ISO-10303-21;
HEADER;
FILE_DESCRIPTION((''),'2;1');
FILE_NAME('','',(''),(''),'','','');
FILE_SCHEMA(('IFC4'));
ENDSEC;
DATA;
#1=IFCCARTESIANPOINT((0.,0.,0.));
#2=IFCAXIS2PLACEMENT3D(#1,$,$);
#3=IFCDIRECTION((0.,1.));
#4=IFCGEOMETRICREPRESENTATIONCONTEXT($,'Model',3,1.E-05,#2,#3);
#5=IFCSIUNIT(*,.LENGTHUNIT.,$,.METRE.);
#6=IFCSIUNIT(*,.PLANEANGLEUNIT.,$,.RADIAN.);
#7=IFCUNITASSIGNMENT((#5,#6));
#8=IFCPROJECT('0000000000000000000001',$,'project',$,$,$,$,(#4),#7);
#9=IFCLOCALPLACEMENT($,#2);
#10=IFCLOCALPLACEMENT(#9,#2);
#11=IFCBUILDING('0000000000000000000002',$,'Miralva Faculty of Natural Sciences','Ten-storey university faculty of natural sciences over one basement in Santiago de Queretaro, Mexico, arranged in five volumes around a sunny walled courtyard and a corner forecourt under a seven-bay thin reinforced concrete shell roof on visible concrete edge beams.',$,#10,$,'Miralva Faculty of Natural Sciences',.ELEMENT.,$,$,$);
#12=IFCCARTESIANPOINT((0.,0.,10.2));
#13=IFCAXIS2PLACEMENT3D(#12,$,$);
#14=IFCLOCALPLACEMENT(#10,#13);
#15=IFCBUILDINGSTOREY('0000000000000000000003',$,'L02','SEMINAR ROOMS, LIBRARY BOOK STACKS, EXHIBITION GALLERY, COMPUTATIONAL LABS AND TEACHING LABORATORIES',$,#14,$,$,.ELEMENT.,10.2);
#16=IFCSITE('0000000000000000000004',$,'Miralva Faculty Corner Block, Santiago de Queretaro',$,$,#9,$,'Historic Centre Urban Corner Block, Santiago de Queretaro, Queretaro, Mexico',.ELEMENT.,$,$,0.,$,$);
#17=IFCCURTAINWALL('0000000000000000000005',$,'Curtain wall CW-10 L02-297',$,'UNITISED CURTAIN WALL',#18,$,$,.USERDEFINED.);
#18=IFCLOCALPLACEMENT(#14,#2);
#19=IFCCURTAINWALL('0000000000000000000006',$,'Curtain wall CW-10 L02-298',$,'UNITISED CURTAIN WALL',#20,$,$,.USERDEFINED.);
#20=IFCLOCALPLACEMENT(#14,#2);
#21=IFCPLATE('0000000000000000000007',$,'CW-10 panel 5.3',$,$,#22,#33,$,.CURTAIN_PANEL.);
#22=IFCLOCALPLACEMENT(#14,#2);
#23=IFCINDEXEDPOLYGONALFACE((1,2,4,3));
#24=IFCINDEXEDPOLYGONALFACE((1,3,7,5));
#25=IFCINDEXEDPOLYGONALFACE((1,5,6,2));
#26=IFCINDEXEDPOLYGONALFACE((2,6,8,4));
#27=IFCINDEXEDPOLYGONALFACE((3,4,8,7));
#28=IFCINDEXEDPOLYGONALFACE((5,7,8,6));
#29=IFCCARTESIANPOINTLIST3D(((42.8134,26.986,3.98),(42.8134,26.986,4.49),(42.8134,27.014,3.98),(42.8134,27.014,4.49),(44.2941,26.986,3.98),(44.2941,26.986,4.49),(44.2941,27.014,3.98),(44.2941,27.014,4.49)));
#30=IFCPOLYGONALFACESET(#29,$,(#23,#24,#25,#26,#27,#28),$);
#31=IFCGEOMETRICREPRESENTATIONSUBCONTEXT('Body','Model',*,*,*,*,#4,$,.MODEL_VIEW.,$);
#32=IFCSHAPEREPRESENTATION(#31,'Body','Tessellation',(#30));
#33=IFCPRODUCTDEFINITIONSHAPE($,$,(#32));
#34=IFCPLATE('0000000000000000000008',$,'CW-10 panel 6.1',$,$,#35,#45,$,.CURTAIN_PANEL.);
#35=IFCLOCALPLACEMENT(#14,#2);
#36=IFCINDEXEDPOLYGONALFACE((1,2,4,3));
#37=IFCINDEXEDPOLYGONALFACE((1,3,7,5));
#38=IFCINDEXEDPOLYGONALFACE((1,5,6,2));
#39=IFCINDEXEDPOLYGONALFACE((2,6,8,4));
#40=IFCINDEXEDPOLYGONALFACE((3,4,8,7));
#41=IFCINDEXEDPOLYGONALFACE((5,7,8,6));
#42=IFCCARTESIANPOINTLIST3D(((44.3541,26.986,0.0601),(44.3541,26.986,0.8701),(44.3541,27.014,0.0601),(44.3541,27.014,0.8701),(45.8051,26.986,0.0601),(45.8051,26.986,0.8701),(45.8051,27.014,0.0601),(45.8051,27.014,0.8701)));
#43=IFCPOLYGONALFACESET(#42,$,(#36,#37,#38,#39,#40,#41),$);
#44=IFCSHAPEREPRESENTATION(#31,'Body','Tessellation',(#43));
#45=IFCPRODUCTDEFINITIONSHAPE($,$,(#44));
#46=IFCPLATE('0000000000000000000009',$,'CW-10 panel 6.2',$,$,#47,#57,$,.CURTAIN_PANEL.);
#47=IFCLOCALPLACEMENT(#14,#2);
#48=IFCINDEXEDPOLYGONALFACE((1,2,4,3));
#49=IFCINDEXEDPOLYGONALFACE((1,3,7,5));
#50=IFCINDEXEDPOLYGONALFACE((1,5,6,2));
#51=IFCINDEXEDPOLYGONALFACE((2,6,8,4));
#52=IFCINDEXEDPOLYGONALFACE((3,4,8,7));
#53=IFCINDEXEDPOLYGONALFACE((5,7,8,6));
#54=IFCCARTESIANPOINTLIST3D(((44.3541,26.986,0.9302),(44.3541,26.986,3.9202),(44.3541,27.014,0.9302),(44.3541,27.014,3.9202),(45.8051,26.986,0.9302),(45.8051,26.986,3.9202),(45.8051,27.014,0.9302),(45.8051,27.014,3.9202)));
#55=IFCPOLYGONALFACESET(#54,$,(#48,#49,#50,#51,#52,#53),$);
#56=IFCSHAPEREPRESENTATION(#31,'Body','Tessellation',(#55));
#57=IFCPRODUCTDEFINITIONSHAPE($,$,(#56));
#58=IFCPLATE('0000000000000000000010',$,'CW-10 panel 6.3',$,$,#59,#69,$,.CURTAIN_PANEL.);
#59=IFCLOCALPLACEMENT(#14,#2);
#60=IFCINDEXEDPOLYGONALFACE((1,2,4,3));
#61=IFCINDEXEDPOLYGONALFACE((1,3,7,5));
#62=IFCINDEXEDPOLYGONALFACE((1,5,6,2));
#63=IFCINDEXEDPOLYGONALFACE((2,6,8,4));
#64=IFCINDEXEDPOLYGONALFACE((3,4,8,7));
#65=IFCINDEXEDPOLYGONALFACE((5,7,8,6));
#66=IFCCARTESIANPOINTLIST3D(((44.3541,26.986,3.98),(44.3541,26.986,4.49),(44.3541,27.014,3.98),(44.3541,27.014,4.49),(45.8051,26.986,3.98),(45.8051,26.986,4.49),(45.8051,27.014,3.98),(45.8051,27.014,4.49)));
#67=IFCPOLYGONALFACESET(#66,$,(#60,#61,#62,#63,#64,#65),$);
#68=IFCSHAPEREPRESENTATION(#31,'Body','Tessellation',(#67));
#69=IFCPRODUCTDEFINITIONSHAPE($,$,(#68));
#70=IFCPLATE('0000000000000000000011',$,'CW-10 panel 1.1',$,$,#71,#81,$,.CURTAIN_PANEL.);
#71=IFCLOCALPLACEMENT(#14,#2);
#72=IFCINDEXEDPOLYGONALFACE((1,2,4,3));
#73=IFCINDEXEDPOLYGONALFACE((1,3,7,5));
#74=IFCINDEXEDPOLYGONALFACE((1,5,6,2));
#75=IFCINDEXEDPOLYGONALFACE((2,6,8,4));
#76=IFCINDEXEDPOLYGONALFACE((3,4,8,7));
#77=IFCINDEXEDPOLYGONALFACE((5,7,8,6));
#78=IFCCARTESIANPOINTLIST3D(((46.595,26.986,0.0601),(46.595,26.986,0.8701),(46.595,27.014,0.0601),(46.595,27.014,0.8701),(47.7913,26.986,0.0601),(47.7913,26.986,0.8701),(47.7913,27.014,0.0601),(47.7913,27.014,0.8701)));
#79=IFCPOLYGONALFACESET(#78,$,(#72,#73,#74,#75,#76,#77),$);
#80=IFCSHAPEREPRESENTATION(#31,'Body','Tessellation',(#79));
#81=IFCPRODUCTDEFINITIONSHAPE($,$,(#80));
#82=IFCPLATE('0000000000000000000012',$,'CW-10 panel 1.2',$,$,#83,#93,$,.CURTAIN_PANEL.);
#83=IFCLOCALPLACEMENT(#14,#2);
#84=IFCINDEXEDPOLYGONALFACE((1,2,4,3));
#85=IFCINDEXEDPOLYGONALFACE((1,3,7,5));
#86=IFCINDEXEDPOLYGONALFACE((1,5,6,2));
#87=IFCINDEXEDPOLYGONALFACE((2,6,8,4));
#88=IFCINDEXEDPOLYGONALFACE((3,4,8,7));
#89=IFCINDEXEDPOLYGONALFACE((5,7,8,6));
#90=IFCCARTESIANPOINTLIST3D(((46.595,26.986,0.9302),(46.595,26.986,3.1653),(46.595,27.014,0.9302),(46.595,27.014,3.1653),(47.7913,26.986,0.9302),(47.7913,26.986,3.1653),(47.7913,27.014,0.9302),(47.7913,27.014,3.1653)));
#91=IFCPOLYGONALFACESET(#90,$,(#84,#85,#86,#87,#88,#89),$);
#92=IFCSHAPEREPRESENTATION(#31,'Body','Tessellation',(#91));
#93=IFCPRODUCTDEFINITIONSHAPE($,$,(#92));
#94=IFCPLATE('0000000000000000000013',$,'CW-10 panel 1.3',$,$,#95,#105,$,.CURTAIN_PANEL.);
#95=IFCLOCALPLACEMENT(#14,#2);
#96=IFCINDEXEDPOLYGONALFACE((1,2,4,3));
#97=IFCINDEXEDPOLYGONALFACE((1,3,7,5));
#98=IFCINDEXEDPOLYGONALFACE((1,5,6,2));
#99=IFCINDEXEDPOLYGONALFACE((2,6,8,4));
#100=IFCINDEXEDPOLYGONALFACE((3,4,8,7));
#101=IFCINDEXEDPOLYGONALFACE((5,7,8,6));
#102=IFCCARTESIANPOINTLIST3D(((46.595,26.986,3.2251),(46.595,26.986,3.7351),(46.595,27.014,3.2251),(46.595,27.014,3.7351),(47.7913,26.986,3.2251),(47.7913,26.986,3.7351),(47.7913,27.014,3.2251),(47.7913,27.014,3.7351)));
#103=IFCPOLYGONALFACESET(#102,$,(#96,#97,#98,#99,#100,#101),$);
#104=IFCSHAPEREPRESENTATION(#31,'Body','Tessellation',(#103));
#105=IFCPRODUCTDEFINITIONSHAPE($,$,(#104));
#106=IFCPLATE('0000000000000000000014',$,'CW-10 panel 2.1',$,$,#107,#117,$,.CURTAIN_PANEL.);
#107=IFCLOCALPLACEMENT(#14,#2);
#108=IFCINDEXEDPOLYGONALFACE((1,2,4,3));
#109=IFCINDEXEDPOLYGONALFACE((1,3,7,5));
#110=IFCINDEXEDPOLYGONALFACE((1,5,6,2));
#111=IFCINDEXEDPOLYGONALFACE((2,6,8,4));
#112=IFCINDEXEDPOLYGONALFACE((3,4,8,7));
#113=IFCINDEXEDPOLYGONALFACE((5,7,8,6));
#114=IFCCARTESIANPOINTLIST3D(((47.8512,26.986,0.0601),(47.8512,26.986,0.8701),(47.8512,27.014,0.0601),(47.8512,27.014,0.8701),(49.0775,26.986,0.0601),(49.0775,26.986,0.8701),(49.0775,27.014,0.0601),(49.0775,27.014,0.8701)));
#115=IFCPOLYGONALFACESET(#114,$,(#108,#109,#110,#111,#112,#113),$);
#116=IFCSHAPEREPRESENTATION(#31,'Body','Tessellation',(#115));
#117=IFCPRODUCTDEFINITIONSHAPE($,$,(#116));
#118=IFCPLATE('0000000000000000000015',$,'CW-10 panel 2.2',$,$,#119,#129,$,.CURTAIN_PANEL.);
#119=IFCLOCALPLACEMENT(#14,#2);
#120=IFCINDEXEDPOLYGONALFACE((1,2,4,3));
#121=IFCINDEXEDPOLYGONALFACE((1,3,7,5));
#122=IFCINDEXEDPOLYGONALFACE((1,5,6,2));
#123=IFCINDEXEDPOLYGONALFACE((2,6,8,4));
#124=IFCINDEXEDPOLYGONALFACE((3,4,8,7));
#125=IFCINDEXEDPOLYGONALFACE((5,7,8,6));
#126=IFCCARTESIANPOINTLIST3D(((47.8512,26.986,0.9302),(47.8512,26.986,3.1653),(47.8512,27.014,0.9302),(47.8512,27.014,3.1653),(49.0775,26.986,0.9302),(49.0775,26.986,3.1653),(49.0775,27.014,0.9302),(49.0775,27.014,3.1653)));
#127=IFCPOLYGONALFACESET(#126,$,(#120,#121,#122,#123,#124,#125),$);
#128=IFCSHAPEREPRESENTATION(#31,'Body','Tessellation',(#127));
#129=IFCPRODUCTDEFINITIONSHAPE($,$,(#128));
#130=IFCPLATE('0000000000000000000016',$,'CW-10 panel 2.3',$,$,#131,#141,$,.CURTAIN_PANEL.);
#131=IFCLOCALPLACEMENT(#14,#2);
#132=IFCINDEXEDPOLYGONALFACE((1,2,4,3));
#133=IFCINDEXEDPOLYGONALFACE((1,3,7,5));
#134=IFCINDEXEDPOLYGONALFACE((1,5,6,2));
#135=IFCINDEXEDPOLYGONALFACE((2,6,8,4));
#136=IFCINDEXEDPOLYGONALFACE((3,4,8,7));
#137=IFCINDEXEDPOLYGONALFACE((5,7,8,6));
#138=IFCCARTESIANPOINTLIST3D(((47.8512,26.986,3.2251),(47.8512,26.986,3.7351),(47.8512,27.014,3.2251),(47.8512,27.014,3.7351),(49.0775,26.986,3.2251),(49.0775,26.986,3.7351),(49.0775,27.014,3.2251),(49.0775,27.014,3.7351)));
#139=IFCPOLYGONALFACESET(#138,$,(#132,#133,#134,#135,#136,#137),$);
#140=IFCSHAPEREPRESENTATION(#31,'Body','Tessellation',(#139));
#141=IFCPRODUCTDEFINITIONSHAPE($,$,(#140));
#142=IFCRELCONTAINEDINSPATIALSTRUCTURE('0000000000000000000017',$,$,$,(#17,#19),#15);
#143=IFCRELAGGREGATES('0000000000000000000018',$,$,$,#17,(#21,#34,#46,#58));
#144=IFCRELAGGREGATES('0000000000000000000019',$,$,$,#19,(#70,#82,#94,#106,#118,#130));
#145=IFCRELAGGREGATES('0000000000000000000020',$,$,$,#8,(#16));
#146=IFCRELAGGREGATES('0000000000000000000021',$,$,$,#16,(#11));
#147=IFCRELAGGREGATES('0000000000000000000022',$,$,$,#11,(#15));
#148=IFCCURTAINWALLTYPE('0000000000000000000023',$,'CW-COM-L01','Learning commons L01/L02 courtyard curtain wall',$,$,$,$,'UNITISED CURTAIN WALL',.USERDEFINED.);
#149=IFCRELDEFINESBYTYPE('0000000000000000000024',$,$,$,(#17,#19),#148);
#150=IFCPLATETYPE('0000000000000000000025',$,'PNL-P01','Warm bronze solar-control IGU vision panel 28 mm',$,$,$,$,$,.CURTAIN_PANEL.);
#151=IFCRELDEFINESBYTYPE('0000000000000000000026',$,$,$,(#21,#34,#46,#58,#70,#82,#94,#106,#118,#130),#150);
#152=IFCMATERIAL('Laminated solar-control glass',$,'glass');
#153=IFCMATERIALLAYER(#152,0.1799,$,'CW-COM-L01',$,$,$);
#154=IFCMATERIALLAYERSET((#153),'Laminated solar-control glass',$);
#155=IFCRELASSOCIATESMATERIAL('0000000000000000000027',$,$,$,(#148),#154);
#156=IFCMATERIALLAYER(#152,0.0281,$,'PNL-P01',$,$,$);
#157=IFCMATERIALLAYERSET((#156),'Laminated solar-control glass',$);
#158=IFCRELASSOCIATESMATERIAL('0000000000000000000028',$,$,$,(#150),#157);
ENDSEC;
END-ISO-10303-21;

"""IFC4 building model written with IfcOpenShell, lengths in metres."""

from ifc_helpers import new_model, si_unit, direction, frame, origin, origin_2d, place, context, subcontext, project, spatial, rectangle, extrude, material, layer, layer_set, type_object, element, aggregate, save


model = new_model("IFC4")

# Units and contexts
model_context = context("Model", 3, precision=1e-05, world=origin(), true_north=direction((0.0, 1.0)))
body_context = subcontext(model_context, "Body", "Model", "MODEL_VIEW")
ifc_project = project(units=[si_unit("LENGTHUNIT", "METRE"), si_unit("PLANEANGLEUNIT", "RADIAN")], contexts=[model_context])

# Site, building, storey
site_placement = place(None, origin())
site = spatial("IfcSite", under=ifc_project, at=site_placement, Name="Miralva Faculty Corner Block, Santiago de Queretaro", LongName="Historic Centre Urban Corner Block, Santiago de Queretaro, Queretaro, Mexico", CompositionType="ELEMENT", RefElevation=0.0)
building_placement = place(site_placement, origin())
building = spatial("IfcBuilding", under=site, at=building_placement, Name="Miralva Faculty of Natural Sciences", Description="Ten-storey university faculty of natural sciences over one basement in Santiago de Queretaro, Mexico, arranged in five volumes around a sunny walled courtyard and a corner forecourt under a seven-bay thin reinforced concrete shell roof on visible concrete edge beams.", LongName="Miralva Faculty of Natural Sciences", CompositionType="ELEMENT")
storey_placement = place(building_placement, frame((0.0, 0.0, 10.2)))
storey = spatial("IfcBuildingStorey", under=building, at=storey_placement, Name="L02", Description="SEMINAR ROOMS, LIBRARY BOOK STACKS, EXHIBITION GALLERY, COMPUTATIONAL LABS AND TEACHING LABORATORIES", CompositionType="ELEMENT", Elevation=10.2)

# Curtain walls
ifc_material_1 = material(Name="Laminated solar-control glass", Category="glass")
ifc_layer_1 = layer(ifc_material_1, 0.1799, Name="CW-COM-L01")
ifc_layer_set_1 = layer_set([ifc_layer_1], Name="Laminated solar-control glass")
curtain_wall_type = type_object("IfcCurtainWallType", Name="CW-COM-L01", Description="Learning commons L01/L02 courtyard curtain wall", ElementType="UNITISED CURTAIN WALL", PredefinedType="USERDEFINED", material=ifc_layer_set_1)
curtain_wall_1_placement = place(storey_placement, origin())
curtain_wall_1 = element("IfcCurtainWall", 1, at=curtain_wall_1_placement, inside=storey, type_object=curtain_wall_type, Name="Curtain wall CW-10 L02-297", ObjectType="UNITISED CURTAIN WALL", PredefinedType="USERDEFINED")
curtain_wall_2_placement = place(storey_placement, origin())
curtain_wall_2 = element("IfcCurtainWall", 2, at=curtain_wall_2_placement, inside=storey, type_object=curtain_wall_type, Name="Curtain wall CW-10 L02-298", ObjectType="UNITISED CURTAIN WALL", PredefinedType="USERDEFINED")

# Plates
ifc_layer_2 = layer(ifc_material_1, 0.0281, Name="PNL-P01")
ifc_layer_set_2 = layer_set([ifc_layer_2], Name="Laminated solar-control glass")
plate_type = type_object("IfcPlateType", Name="PNL-P01", Description="Warm bronze solar-control IGU vision panel 28 mm", PredefinedType="CURTAIN_PANEL", material=ifc_layer_set_2)
plate_1_placement = place(storey_placement, frame((43.5537, 27.0, 3.98), z_axis=(0.0, 0.0, 1.0), x_axis=(1.0, 0.0, 0.0)))
plate_1 = element("IfcPlate", 3, at=plate_1_placement, type_object=plate_type, Name="CW-10 panel 5.3", PredefinedType="CURTAIN_PANEL", context=body_context, shape_type="SweptSolid", body=[
    extrude(rectangle(XDim=1.4807, YDim=0.0281, at=origin_2d()), origin(), (0.0, 0.0, 1.0), 0.51),
])
plate_2_placement = place(storey_placement, frame((45.0796, 27.0, 0.0601), z_axis=(0.0, 0.0, 1.0), x_axis=(1.0, 0.0, 0.0)))
plate_2 = element("IfcPlate", 4, at=plate_2_placement, type_object=plate_type, Name="CW-10 panel 6.1", PredefinedType="CURTAIN_PANEL", context=body_context, shape_type="SweptSolid", body=[
    extrude(rectangle(XDim=1.4509, YDim=0.0281, at=origin_2d()), origin(), (0.0, 0.0, 1.0), 0.8101),
])
plate_3_placement = place(storey_placement, frame((45.0796, 27.0, 0.9302), z_axis=(0.0, 0.0, 1.0), x_axis=(1.0, 0.0, 0.0)))
plate_3 = element("IfcPlate", 5, at=plate_3_placement, type_object=plate_type, Name="CW-10 panel 6.2", PredefinedType="CURTAIN_PANEL", context=body_context, shape_type="SweptSolid", body=[
    extrude(rectangle(XDim=1.4509, YDim=0.0281, at=origin_2d()), origin(), (0.0, 0.0, 1.0), 2.99),
])
plate_4_placement = place(storey_placement, frame((45.0796, 27.0, 3.98), z_axis=(0.0, 0.0, 1.0), x_axis=(1.0, 0.0, 0.0)))
plate_4 = element("IfcPlate", 6, at=plate_4_placement, type_object=plate_type, Name="CW-10 panel 6.3", PredefinedType="CURTAIN_PANEL", context=body_context, shape_type="SweptSolid", body=[
    extrude(rectangle(XDim=1.4509, YDim=0.0281, at=origin_2d()), origin(), (0.0, 0.0, 1.0), 0.51),
])
aggregate(curtain_wall_1, [plate_1, plate_2, plate_3, plate_4])
plate_5_placement = place(storey_placement, frame((47.1931, 27.0, 0.0601), z_axis=(0.0, 0.0, 1.0), x_axis=(1.0, 0.0, 0.0)))
plate_5 = element("IfcPlate", 7, at=plate_5_placement, type_object=plate_type, Name="CW-10 panel 1.1", PredefinedType="CURTAIN_PANEL", context=body_context, shape_type="SweptSolid", body=[
    extrude(rectangle(XDim=1.1963, YDim=0.0281, at=origin_2d()), origin(), (0.0, 0.0, 1.0), 0.8101),
])
plate_6_placement = place(storey_placement, frame((47.1931, 27.0, 0.9302), z_axis=(0.0, 0.0, 1.0), x_axis=(1.0, 0.0, 0.0)))
plate_6 = element("IfcPlate", 8, at=plate_6_placement, type_object=plate_type, Name="CW-10 panel 1.2", PredefinedType="CURTAIN_PANEL", context=body_context, shape_type="SweptSolid", body=[
    extrude(rectangle(XDim=1.1963, YDim=0.0281, at=origin_2d()), origin(), (0.0, 0.0, 1.0), 2.2351),
])
plate_7_placement = place(storey_placement, frame((47.1931, 27.0, 3.2251), z_axis=(0.0, 0.0, 1.0), x_axis=(1.0, 0.0, 0.0)))
plate_7 = element("IfcPlate", 9, at=plate_7_placement, type_object=plate_type, Name="CW-10 panel 1.3", PredefinedType="CURTAIN_PANEL", context=body_context, shape_type="SweptSolid", body=[
    extrude(rectangle(XDim=1.1963, YDim=0.0281, at=origin_2d()), origin(), (0.0, 0.0, 1.0), 0.51),
])
plate_8_placement = place(storey_placement, frame((48.4644, 27.0, 0.0601), z_axis=(0.0, 0.0, 1.0), x_axis=(1.0, 0.0, 0.0)))
plate_8 = element("IfcPlate", 10, at=plate_8_placement, type_object=plate_type, Name="CW-10 panel 2.1", PredefinedType="CURTAIN_PANEL", context=body_context, shape_type="SweptSolid", body=[
    extrude(rectangle(XDim=1.2263, YDim=0.0281, at=origin_2d()), origin(), (0.0, 0.0, 1.0), 0.8101),
])
plate_9_placement = place(storey_placement, frame((48.4644, 27.0, 0.9302), z_axis=(0.0, 0.0, 1.0), x_axis=(1.0, 0.0, 0.0)))
plate_9 = element("IfcPlate", 11, at=plate_9_placement, type_object=plate_type, Name="CW-10 panel 2.2", PredefinedType="CURTAIN_PANEL", context=body_context, shape_type="SweptSolid", body=[
    extrude(rectangle(XDim=1.2263, YDim=0.0281, at=origin_2d()), origin(), (0.0, 0.0, 1.0), 2.2351),
])
plate_10_placement = place(storey_placement, frame((48.4644, 27.0, 3.2251), z_axis=(0.0, 0.0, 1.0), x_axis=(1.0, 0.0, 0.0)))
plate_10 = element("IfcPlate", 12, at=plate_10_placement, type_object=plate_type, Name="CW-10 panel 2.3", PredefinedType="CURTAIN_PANEL", context=body_context, shape_type="SweptSolid", body=[
    extrude(rectangle(XDim=1.2263, YDim=0.0281, at=origin_2d()), origin(), (0.0, 0.0, 1.0), 0.51),
])
aggregate(curtain_wall_2, [plate_5, plate_6, plate_7, plate_8, plate_9, plate_10])

save(model, "model.ifc")
